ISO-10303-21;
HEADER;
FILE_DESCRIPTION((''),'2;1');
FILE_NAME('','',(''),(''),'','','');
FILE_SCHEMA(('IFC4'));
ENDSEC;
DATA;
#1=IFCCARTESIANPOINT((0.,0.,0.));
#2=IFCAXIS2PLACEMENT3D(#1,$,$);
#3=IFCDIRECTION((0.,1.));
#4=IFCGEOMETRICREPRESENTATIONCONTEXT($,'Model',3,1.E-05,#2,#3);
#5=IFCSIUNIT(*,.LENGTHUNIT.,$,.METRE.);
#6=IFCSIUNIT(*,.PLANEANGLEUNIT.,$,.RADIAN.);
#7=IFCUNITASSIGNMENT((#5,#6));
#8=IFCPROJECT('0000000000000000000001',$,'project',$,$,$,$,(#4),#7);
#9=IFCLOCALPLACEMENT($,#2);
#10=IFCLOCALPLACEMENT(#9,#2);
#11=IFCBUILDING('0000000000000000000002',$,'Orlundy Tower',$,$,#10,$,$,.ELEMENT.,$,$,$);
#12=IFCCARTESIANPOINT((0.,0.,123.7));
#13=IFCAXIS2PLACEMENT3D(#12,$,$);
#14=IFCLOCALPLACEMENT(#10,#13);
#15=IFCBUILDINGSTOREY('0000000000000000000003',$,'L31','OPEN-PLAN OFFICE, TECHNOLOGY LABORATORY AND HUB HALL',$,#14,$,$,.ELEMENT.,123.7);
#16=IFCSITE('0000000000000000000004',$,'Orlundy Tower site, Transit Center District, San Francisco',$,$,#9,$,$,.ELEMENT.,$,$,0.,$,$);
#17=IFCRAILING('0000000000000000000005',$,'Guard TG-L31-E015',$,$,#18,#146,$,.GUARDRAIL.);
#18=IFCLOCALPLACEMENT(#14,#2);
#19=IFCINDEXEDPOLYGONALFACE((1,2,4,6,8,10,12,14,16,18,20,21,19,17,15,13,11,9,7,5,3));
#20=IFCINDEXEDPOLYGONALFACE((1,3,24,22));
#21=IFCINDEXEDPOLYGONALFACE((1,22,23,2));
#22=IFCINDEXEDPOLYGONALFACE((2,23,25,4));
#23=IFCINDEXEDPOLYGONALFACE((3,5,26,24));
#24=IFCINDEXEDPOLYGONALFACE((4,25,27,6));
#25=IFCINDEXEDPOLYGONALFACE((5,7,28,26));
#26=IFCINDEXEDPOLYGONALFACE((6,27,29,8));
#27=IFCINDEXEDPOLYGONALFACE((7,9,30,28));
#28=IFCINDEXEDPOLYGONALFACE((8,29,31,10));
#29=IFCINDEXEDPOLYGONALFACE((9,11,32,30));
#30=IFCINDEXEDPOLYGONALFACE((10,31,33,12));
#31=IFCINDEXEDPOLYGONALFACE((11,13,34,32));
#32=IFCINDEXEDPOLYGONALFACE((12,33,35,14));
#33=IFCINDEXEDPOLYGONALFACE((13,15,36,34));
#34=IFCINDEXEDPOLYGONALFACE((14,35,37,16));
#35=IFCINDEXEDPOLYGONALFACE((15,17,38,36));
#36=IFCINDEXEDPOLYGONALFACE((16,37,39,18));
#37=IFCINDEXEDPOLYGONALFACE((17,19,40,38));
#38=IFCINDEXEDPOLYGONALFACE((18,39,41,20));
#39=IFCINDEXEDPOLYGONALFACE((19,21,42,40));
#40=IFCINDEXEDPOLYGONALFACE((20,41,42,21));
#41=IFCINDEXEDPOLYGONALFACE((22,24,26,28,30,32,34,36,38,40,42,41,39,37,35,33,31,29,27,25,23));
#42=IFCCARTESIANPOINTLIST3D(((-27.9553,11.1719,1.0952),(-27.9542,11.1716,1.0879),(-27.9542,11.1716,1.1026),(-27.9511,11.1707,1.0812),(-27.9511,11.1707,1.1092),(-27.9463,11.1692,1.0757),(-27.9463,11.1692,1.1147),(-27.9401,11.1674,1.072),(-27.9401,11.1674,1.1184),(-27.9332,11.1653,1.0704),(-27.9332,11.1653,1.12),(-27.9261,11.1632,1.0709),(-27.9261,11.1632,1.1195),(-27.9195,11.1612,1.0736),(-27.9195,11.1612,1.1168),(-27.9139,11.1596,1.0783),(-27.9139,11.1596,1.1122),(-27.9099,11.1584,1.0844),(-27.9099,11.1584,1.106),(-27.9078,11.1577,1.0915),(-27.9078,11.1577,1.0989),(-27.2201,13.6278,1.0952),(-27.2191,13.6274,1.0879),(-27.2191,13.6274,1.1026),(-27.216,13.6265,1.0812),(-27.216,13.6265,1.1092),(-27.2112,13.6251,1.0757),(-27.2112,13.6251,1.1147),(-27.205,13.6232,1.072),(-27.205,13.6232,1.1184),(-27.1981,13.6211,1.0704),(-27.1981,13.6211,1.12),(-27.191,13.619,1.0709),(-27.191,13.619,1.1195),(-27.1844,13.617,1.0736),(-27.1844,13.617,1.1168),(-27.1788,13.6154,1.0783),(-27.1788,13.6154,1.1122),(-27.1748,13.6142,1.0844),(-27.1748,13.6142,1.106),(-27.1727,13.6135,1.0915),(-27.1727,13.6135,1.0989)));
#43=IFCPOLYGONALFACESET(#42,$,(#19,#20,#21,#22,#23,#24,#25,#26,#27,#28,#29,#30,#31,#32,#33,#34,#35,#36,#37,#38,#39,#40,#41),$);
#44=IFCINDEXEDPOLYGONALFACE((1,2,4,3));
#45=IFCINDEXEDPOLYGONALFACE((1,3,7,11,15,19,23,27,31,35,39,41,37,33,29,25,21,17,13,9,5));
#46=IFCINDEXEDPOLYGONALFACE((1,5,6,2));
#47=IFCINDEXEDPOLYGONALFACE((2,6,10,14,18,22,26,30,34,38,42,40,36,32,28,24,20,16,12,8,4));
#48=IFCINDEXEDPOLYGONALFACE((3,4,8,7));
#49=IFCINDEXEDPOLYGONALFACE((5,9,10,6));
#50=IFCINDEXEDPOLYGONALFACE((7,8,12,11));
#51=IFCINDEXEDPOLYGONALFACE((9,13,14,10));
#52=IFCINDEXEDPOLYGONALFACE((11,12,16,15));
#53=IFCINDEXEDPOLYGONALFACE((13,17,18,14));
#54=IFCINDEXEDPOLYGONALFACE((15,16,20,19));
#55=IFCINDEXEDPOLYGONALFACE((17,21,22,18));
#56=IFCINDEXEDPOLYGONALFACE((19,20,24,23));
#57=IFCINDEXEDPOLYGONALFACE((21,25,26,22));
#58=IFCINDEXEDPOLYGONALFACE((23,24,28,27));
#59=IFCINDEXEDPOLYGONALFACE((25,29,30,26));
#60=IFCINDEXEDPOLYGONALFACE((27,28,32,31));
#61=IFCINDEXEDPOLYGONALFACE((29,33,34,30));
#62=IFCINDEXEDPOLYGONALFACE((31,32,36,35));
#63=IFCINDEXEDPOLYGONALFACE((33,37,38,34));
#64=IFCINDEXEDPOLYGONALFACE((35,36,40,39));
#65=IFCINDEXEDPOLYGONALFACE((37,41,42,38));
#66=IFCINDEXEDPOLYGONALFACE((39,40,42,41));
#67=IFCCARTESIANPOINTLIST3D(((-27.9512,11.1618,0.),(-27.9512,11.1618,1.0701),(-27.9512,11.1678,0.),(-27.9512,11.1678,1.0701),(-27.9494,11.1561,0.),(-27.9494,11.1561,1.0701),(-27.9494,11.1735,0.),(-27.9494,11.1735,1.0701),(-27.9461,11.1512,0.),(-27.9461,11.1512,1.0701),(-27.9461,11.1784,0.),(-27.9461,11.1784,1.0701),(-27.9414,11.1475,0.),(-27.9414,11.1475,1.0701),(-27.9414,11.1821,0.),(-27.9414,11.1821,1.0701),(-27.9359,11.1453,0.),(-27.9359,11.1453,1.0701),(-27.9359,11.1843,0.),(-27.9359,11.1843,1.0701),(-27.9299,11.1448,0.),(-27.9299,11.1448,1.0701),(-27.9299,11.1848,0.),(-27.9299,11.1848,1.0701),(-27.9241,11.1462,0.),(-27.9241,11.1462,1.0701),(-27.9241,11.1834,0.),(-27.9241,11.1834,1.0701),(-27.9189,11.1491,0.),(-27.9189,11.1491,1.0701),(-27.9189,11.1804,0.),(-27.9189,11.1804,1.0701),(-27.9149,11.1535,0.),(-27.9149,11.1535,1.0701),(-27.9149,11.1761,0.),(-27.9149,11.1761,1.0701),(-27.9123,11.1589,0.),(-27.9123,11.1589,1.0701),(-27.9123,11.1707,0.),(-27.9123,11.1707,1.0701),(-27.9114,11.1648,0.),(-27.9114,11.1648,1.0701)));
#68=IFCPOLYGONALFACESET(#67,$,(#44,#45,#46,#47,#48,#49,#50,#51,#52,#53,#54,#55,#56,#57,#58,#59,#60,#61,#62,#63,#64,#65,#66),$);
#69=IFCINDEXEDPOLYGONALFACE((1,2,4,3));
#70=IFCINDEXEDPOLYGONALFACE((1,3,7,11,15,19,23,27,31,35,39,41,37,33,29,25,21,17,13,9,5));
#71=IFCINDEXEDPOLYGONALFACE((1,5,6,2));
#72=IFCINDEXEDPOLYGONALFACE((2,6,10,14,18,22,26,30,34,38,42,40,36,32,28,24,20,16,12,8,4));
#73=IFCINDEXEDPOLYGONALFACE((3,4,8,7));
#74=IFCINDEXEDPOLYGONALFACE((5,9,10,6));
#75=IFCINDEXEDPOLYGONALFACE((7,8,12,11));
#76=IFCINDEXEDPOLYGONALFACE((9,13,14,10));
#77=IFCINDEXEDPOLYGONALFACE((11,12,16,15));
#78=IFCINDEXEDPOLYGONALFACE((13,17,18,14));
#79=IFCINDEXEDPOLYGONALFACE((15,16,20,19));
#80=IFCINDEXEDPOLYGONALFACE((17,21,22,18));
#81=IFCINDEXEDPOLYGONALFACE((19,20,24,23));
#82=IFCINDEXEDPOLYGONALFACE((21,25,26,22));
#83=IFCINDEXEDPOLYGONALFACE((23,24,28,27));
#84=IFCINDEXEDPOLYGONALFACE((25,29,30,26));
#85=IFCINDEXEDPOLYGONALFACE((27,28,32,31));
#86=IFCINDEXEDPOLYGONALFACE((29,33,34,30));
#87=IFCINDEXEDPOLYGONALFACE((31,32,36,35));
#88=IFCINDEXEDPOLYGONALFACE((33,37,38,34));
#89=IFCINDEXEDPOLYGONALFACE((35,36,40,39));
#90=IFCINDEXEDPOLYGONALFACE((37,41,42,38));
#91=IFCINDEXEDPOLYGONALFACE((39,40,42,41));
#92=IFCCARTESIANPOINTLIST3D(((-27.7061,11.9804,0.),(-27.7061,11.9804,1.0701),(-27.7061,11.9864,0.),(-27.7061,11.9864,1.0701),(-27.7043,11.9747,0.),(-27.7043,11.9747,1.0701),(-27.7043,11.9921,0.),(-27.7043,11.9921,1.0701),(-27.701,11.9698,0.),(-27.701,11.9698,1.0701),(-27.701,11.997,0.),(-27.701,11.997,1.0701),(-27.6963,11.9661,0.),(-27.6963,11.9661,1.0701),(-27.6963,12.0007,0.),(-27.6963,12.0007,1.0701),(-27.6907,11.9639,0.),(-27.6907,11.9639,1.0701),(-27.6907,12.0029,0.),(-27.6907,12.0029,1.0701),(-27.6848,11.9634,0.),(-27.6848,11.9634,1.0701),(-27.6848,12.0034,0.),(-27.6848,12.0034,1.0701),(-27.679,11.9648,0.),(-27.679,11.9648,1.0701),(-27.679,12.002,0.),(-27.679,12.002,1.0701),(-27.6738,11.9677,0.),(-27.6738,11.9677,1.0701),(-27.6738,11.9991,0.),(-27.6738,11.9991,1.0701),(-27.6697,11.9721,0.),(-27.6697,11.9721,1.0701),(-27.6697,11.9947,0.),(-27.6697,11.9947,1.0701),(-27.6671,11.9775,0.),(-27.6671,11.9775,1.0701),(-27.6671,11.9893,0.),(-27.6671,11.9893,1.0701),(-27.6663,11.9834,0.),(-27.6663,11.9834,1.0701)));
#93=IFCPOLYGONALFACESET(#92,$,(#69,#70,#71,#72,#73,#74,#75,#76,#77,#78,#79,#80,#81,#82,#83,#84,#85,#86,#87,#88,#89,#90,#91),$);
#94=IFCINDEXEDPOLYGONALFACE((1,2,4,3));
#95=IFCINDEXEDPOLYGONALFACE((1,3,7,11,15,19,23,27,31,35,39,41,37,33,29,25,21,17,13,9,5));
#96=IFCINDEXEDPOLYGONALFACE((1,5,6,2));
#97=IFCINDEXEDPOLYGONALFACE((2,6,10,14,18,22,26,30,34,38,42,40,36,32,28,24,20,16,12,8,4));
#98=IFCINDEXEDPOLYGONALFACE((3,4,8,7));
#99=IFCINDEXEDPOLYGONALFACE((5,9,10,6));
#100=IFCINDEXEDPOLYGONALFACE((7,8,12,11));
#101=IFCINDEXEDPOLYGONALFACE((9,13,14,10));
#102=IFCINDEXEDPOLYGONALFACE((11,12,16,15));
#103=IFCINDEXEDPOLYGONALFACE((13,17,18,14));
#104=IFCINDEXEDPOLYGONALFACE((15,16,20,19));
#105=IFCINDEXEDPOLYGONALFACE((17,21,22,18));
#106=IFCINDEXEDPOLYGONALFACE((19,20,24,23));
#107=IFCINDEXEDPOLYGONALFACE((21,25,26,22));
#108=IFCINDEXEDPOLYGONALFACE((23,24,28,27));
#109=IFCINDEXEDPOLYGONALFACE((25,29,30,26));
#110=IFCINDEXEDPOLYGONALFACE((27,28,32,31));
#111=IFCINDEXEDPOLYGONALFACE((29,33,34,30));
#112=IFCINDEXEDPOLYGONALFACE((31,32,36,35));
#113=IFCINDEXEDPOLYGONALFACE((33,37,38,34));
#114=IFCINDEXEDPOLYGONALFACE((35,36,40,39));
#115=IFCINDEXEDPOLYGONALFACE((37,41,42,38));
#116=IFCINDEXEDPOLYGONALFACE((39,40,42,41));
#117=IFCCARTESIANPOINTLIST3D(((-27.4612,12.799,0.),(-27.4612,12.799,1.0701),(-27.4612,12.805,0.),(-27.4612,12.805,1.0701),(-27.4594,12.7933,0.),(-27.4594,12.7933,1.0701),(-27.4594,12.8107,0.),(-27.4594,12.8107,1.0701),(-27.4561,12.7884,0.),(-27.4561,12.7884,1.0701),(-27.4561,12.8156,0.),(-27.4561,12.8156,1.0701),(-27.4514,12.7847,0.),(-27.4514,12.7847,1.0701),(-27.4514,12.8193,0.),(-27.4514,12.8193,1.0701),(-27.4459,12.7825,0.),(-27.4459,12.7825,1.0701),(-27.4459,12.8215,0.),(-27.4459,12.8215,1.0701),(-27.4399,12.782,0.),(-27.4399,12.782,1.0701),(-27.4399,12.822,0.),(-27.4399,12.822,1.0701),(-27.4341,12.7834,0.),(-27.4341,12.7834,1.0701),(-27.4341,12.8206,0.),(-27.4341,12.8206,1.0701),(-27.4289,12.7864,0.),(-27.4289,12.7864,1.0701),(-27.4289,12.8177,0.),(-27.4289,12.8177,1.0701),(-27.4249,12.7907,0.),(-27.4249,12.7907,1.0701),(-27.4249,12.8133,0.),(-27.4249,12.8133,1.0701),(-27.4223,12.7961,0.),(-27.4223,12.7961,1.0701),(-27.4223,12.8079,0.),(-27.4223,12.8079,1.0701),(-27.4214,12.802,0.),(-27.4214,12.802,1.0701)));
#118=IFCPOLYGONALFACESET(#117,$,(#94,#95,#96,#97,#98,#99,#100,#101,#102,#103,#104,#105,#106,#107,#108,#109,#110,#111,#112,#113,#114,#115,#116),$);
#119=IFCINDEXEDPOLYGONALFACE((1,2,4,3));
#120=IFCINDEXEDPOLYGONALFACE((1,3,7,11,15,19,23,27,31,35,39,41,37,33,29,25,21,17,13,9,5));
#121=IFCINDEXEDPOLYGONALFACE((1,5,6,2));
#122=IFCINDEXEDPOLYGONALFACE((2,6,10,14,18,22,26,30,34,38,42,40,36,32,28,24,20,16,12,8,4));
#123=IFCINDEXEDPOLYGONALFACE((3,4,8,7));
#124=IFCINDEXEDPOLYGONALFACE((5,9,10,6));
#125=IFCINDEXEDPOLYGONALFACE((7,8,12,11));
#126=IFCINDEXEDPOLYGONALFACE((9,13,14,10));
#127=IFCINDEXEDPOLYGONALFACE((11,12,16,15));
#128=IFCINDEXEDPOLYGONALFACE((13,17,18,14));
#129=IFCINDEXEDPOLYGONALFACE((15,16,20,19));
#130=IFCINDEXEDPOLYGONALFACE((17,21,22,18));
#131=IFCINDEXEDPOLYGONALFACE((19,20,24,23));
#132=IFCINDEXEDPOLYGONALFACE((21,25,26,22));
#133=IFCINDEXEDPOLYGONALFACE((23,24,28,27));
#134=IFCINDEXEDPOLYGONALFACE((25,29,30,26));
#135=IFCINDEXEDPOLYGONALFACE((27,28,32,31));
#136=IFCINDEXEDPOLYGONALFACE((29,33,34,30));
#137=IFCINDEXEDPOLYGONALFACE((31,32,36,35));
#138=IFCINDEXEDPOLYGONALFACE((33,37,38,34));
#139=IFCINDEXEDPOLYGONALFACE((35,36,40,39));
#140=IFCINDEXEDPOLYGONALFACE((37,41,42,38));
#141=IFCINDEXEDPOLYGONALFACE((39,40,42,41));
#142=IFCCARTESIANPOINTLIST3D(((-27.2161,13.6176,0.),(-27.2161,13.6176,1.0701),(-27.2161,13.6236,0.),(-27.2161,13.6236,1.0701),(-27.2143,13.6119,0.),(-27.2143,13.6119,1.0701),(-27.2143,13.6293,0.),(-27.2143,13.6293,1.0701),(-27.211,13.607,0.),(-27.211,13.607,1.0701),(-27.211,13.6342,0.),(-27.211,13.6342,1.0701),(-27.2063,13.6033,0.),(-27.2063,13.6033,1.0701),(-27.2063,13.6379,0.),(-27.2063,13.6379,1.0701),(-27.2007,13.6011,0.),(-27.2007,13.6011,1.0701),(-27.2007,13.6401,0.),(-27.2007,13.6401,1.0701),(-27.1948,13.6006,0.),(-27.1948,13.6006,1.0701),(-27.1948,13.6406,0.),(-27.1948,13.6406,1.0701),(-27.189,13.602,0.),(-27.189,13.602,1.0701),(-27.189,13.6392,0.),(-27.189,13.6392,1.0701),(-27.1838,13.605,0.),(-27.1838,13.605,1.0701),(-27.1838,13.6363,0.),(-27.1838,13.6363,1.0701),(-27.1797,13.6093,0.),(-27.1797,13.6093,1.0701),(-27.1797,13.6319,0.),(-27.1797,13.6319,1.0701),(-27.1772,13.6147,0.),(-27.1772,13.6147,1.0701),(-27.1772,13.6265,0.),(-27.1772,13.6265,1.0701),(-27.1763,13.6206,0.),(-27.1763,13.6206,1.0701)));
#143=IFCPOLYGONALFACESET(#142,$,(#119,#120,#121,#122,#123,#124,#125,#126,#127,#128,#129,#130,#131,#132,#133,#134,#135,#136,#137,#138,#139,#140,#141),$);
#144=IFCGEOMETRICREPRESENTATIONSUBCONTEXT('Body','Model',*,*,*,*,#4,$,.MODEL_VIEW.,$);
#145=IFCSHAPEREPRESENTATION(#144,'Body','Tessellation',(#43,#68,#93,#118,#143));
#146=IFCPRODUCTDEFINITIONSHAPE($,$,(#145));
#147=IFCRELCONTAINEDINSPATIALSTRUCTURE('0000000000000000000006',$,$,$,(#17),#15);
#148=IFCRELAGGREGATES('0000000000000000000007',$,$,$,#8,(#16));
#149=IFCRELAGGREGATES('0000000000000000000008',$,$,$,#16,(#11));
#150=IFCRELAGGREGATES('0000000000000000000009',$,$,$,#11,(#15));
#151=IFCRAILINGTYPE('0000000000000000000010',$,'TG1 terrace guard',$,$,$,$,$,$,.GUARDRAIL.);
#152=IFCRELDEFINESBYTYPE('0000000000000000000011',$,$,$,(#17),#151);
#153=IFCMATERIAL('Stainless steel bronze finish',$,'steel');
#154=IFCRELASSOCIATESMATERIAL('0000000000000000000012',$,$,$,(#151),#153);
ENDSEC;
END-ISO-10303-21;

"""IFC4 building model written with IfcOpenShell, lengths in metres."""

from ifc_helpers import new_model, si_unit, direction, frame, origin, origin_2d, place, context, subcontext, project, spatial, circle, extrude, material, type_object, element, save


model = new_model("IFC4")

# Units and contexts
model_context = context("Model", 3, precision=1e-05, world=origin(), true_north=direction((0.0, 1.0)))
body_context = subcontext(model_context, "Body", "Model", "MODEL_VIEW")
ifc_project = project(units=[si_unit("LENGTHUNIT", "METRE"), si_unit("PLANEANGLEUNIT", "RADIAN")], contexts=[model_context])

# Site, building, storey
site_placement = place(None, origin())
site = spatial("IfcSite", under=ifc_project, at=site_placement, Name="Orlundy Tower site, Transit Center District, San Francisco", CompositionType="ELEMENT", RefElevation=0.0)
building_placement = place(site_placement, origin())
building = spatial("IfcBuilding", under=site, at=building_placement, Name="Orlundy Tower", CompositionType="ELEMENT")
storey_placement = place(building_placement, frame((0.0, 0.0, 123.7)))
storey = spatial("IfcBuildingStorey", under=building, at=storey_placement, Name="L31", Description="OPEN-PLAN OFFICE, TECHNOLOGY LABORATORY AND HUB HALL", CompositionType="ELEMENT", Elevation=123.7)

# Railing
ifc_material_1 = material(Name="Stainless steel bronze finish", Category="steel")
railing_type_1 = type_object("IfcRailingType", Name="TG1 terrace guard", PredefinedType="GUARDRAIL", material=ifc_material_1)
railing_1_placement = place(storey_placement, frame((-27.9314, 11.1648, 0.0)))
element("IfcRailing", 1, at=railing_1_placement, inside=storey, type_object=railing_type_1, Name="Guard TG-L31-E015", PredefinedType="GUARDRAIL", context=body_context, shape_type="SweptSolid", body=[
    extrude(circle(Radius=0.0249, at=origin_2d()), frame((0.0, 0.0, 1.0952), z_axis=(0.286762, 0.958002, 0.0), x_axis=(-0.958002, 0.286762, 0.0)), (0.0, 0.0, 1.0), 2.5635),
    extrude(circle(Radius=0.02, at=origin_2d()), origin(), (0.0, 0.0, 1.0), 1.0701),
    extrude(circle(Radius=0.02, at=origin_2d()), frame((0.2451, 0.8186, 0.0)), (0.0, 0.0, 1.0), 1.0701),
    extrude(circle(Radius=0.02, at=origin_2d()), frame((0.49, 1.6372, 0.0)), (0.0, 0.0, 1.0), 1.0701),
    extrude(circle(Radius=0.02, at=origin_2d()), frame((0.7351, 2.4558, 0.0)), (0.0, 0.0, 1.0), 1.0701),
])

save(model, "model.ifc")
